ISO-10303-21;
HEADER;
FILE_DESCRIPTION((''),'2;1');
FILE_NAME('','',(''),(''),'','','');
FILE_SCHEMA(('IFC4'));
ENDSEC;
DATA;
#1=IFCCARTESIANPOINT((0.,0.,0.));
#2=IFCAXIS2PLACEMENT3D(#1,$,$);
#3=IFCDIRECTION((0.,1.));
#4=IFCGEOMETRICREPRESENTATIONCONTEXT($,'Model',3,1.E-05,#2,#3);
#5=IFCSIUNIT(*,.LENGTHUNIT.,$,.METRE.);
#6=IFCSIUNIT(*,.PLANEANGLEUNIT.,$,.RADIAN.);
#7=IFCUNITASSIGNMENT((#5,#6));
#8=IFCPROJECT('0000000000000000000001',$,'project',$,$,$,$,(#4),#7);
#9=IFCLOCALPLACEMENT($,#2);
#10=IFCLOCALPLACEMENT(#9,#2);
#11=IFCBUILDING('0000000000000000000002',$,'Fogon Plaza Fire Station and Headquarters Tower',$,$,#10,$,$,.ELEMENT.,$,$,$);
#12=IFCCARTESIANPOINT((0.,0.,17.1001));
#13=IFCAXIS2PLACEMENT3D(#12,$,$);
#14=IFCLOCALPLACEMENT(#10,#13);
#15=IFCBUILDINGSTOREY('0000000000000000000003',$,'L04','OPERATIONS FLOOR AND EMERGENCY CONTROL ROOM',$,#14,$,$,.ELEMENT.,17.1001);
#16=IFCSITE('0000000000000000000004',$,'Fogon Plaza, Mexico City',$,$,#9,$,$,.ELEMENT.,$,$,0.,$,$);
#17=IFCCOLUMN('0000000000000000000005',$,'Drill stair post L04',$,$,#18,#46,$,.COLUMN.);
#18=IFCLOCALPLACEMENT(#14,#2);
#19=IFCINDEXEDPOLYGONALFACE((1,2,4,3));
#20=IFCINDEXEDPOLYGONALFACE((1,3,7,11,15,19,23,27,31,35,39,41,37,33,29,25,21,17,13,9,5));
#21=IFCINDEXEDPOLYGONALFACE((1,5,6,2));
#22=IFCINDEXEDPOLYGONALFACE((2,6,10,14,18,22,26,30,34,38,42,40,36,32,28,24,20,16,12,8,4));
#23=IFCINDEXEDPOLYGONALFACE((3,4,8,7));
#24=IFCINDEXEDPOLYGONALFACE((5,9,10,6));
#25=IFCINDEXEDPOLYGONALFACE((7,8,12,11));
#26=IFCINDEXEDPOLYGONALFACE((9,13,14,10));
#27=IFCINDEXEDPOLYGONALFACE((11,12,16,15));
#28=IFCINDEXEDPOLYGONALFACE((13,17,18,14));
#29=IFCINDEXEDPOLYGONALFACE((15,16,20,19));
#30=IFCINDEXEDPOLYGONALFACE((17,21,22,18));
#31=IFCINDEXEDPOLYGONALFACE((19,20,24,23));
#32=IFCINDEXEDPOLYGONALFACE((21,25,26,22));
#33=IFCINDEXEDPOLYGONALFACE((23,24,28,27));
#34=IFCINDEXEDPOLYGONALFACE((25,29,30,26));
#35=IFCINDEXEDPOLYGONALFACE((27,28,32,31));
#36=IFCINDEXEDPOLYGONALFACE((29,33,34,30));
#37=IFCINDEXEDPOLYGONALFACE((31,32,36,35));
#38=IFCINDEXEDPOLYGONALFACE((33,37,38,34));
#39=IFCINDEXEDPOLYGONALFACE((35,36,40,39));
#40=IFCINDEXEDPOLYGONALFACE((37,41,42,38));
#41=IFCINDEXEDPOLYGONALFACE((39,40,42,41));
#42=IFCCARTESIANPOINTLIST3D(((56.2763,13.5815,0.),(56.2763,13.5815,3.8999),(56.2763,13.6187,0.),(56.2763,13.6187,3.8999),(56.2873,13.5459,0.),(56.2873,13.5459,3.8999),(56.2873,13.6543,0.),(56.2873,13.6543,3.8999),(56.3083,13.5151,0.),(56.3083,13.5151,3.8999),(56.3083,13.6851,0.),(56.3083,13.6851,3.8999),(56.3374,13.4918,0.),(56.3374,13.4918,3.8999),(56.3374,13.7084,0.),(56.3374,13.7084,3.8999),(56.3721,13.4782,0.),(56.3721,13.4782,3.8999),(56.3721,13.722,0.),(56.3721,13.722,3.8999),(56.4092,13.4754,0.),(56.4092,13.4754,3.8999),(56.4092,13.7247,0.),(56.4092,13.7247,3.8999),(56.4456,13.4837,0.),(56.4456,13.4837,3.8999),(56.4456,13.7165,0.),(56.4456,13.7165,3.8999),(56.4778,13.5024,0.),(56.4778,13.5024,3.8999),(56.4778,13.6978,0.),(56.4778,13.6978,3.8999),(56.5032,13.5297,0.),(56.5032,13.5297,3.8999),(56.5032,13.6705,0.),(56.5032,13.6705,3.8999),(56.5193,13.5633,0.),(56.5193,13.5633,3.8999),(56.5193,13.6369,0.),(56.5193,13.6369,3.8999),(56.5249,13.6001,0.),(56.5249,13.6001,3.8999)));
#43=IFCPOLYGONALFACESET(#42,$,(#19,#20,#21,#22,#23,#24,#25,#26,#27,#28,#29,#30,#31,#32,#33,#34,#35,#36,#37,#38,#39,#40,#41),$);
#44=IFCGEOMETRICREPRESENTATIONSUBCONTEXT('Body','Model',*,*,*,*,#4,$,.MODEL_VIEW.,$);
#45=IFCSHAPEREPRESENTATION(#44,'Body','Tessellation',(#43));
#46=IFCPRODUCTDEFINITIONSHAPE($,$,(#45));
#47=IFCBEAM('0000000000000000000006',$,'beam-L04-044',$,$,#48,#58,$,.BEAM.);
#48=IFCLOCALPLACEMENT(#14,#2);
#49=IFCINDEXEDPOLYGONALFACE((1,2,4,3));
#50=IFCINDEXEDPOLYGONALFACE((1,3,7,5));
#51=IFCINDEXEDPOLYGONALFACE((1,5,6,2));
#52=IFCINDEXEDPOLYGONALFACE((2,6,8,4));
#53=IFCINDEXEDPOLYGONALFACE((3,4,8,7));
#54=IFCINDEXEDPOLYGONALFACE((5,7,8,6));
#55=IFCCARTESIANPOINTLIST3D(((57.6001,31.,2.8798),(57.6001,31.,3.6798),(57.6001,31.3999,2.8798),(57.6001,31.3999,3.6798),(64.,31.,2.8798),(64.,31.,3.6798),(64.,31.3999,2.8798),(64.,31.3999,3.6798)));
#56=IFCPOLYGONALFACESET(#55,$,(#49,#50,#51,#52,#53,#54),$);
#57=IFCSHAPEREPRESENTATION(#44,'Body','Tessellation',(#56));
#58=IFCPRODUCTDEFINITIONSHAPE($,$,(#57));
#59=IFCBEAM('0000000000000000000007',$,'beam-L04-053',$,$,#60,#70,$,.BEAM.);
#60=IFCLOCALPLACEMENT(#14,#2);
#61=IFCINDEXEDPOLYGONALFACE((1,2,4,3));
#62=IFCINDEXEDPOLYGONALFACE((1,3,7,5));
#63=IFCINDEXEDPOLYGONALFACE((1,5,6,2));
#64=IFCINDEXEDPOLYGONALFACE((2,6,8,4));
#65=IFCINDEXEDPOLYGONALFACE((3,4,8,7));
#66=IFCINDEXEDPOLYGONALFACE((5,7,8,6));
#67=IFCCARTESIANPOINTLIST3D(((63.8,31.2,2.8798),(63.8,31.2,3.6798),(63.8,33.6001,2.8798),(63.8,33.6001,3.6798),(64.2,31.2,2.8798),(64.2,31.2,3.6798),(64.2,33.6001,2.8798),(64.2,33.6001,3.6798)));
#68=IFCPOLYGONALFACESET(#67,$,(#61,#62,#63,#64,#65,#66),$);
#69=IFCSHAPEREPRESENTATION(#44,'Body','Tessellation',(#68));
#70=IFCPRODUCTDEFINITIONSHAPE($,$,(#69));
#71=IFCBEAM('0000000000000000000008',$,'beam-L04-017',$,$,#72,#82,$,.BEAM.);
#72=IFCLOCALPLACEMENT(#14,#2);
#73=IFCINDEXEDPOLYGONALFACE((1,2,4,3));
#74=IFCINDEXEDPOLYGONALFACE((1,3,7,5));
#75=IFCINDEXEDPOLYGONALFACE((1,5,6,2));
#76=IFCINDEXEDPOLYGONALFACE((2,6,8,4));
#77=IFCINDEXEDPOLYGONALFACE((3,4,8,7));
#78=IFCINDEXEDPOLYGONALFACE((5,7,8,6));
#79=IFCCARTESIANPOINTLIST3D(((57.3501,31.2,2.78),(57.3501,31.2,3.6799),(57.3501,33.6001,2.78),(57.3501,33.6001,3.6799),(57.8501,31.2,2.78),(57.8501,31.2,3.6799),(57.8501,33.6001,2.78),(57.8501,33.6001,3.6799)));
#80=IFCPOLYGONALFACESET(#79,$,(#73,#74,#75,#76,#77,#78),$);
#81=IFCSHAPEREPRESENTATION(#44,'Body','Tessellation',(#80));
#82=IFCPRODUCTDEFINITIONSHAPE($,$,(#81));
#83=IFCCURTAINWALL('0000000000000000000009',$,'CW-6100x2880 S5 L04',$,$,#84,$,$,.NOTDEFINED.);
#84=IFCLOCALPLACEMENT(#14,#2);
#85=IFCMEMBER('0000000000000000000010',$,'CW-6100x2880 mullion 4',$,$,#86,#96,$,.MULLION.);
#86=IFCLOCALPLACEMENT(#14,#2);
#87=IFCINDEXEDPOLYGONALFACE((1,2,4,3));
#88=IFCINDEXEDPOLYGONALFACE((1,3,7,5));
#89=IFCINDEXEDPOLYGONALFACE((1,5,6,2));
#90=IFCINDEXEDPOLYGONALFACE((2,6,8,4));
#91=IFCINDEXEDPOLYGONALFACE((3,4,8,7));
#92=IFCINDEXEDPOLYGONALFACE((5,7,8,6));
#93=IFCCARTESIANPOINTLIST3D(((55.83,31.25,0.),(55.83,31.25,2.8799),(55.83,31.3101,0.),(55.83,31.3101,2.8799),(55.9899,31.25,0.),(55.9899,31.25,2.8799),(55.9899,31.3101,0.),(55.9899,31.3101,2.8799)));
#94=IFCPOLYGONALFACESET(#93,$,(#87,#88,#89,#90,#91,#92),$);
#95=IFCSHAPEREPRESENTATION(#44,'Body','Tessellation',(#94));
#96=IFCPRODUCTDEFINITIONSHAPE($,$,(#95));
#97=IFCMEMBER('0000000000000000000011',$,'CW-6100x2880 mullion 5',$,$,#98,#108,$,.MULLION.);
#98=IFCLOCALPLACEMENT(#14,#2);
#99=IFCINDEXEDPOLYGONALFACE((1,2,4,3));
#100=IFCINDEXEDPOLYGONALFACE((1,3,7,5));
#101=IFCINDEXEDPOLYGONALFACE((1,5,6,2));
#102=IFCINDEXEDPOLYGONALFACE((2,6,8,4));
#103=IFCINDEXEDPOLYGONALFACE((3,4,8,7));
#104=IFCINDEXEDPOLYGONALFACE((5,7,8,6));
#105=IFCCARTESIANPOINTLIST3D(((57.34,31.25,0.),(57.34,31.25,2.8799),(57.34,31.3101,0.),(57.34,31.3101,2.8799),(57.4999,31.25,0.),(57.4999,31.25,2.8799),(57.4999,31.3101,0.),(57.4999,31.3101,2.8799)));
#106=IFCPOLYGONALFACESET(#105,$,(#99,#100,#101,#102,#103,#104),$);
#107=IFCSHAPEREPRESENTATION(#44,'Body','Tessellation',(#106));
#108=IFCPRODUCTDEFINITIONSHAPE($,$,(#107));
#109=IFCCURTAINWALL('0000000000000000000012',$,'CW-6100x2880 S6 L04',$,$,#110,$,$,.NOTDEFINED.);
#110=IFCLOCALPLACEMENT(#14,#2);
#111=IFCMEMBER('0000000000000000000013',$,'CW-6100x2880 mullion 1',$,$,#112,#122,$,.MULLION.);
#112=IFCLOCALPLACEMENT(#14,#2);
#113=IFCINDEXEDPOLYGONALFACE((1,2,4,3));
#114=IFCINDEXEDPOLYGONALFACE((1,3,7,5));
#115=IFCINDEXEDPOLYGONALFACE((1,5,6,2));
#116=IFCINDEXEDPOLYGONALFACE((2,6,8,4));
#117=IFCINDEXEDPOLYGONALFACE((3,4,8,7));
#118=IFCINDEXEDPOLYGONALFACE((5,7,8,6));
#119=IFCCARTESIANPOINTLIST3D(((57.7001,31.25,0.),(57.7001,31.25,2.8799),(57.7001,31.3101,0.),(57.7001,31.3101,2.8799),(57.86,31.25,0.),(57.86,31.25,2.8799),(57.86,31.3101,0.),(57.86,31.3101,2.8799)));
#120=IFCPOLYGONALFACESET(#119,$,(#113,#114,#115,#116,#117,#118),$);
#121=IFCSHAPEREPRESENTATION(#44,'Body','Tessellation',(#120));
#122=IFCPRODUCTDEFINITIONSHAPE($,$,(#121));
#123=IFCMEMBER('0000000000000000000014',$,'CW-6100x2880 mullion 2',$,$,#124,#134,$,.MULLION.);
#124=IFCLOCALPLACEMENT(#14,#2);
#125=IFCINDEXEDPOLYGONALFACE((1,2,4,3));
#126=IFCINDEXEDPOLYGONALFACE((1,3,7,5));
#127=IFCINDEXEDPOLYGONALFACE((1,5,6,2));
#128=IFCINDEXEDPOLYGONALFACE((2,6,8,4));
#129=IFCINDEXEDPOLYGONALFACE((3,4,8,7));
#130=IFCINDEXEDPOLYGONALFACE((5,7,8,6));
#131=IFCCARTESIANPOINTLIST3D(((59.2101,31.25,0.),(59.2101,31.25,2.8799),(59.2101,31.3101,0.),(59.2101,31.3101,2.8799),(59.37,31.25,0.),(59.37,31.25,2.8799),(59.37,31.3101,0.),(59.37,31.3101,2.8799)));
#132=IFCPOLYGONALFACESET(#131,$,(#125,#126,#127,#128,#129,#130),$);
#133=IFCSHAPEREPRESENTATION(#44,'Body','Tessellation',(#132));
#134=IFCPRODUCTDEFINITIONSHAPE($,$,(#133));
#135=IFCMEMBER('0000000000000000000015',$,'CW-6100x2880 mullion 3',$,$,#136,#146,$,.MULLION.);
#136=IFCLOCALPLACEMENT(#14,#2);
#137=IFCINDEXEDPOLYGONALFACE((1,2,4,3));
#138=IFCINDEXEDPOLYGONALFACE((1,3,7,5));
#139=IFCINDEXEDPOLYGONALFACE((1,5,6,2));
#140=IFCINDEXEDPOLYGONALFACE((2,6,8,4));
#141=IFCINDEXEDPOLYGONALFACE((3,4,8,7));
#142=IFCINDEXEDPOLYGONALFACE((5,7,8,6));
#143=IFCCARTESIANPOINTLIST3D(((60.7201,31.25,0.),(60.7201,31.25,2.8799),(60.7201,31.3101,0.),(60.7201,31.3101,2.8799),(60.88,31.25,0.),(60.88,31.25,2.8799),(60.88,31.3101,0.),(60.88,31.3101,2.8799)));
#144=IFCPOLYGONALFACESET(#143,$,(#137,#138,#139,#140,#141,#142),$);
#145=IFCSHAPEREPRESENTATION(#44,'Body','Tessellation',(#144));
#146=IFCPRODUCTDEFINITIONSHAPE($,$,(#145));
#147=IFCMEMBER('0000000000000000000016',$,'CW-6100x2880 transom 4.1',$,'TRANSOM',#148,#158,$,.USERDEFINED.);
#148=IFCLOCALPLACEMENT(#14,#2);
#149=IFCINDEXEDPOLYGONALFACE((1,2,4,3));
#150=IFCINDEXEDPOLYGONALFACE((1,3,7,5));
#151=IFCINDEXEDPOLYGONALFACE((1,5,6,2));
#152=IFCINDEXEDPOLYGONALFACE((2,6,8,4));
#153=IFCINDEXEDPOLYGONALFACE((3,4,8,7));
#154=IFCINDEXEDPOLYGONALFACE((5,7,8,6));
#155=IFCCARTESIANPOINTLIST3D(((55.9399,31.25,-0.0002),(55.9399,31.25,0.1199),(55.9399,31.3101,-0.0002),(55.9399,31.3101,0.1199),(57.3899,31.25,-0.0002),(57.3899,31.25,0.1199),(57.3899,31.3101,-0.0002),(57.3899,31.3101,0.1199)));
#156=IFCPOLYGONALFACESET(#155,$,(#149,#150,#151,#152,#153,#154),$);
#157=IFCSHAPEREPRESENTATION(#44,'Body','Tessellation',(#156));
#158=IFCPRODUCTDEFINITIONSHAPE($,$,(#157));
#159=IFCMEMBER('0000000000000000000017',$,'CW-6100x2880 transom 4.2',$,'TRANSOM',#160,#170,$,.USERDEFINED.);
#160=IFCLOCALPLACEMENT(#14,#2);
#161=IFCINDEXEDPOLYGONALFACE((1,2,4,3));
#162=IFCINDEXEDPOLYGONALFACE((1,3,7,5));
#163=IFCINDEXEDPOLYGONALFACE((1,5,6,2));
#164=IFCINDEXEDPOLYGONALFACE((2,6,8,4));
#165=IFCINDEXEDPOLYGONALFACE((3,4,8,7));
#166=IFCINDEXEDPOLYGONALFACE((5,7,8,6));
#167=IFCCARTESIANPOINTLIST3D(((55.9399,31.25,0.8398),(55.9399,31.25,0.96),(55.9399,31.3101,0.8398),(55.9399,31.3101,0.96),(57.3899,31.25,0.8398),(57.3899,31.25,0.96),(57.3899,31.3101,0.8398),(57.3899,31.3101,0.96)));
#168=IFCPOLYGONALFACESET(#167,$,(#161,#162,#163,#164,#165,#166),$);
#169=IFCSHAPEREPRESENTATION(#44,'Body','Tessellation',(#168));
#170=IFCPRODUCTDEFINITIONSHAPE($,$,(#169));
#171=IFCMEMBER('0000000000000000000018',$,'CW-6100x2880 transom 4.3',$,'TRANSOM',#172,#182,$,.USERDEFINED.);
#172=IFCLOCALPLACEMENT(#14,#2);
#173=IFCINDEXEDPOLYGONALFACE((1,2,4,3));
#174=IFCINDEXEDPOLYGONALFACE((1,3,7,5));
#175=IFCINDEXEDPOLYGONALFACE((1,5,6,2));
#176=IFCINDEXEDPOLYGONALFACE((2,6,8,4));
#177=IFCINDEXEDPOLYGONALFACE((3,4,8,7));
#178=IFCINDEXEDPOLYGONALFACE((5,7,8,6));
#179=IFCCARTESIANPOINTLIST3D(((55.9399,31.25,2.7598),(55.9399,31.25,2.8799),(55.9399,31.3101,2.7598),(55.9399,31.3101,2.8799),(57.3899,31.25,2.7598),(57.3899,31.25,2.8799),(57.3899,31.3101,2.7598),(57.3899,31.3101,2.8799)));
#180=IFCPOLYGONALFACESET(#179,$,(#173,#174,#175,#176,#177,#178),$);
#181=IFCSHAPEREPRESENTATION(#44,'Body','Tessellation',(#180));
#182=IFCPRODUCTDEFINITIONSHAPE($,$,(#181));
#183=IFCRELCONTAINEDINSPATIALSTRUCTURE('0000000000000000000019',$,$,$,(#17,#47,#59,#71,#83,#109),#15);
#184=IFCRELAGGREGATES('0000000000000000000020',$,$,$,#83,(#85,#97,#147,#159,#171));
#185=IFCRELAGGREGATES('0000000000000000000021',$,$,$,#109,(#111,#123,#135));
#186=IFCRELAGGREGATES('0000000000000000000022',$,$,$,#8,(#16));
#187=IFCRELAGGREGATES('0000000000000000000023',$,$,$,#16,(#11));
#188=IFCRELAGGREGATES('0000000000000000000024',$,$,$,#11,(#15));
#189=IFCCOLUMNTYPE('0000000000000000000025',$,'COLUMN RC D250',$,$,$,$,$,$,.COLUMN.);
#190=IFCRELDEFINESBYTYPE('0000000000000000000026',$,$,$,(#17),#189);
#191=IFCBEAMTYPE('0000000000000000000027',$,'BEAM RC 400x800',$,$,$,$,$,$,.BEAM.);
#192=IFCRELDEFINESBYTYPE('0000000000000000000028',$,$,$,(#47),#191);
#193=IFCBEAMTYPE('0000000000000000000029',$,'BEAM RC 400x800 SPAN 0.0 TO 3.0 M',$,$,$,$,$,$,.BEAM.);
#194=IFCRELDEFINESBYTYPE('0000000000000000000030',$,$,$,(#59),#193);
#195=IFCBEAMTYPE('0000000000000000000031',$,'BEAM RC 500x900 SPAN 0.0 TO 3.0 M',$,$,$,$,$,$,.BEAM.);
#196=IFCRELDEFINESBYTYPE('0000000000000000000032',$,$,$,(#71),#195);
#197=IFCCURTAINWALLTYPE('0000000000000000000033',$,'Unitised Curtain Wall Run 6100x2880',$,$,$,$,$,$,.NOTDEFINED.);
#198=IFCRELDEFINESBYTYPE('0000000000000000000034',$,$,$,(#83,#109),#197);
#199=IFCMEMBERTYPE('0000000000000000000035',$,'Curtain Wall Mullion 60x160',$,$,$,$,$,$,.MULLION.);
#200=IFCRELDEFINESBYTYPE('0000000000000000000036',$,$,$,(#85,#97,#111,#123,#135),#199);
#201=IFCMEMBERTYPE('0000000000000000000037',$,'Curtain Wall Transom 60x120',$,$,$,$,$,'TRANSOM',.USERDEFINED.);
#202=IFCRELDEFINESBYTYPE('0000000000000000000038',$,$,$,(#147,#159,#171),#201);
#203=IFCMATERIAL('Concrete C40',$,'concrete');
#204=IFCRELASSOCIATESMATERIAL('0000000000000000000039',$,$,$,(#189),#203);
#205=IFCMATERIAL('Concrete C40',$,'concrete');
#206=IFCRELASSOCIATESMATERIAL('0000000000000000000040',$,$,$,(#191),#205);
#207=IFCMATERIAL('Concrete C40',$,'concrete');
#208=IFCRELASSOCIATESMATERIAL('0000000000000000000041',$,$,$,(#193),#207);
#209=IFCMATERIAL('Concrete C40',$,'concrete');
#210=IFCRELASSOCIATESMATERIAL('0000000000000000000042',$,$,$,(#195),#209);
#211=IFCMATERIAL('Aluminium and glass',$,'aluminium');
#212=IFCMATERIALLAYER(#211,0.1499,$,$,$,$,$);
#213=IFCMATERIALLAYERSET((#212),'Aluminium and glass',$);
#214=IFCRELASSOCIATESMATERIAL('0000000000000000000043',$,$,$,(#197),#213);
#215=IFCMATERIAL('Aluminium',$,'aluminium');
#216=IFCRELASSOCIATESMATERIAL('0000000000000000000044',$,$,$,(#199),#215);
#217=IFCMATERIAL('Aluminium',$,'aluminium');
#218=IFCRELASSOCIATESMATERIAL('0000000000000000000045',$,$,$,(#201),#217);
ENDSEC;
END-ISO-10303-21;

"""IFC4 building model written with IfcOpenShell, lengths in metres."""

from ifc_helpers import new_model, si_unit, direction, frame, origin, origin_2d, place, context, subcontext, project, spatial, rectangle, circle, extrude, material, layer, layer_set, material_profile, profile_set, type_object, element, aggregate, save


model = new_model("IFC4")

# Units and contexts
model_context = context("Model", 3, precision=1e-05, world=origin(), true_north=direction((0.0, 1.0)))
body_context = subcontext(model_context, "Body", "Model", "MODEL_VIEW")
ifc_project = project(units=[si_unit("LENGTHUNIT", "METRE"), si_unit("PLANEANGLEUNIT", "RADIAN")], contexts=[model_context])

# Site, building, storey
site_placement = place(None, origin())
site = spatial("IfcSite", under=ifc_project, at=site_placement, Name="Fogon Plaza, Mexico City", CompositionType="ELEMENT", RefElevation=0.0)
building_placement = place(site_placement, origin())
building = spatial("IfcBuilding", under=site, at=building_placement, Name="Fogon Plaza Fire Station and Headquarters Tower", CompositionType="ELEMENT")
storey_placement = place(building_placement, frame((0.0, 0.0, 17.1001)))
storey = spatial("IfcBuildingStorey", under=building, at=storey_placement, Name="L04", Description="OPERATIONS FLOOR AND EMERGENCY CONTROL ROOM", CompositionType="ELEMENT", Elevation=17.1001)

# Column
ifc_material_1 = material(Name="Concrete C40", Category="concrete")
ifc_material_profile_1 = material_profile(ifc_material_1, circle(Radius=0.125, at=origin_2d()), Name="RC D250")
ifc_profile_set_1 = profile_set([ifc_material_profile_1], Name="Concrete C40")
column_type = type_object("IfcColumnType", Name="COLUMN RC D250", PredefinedType="COLUMN", material=ifc_profile_set_1)
column_placement = place(storey_placement, frame((56.3999, 13.6001, 0.0), z_axis=(0.0, 0.0, 1.0), x_axis=(1.0, 0.0, 0.0)))
element("IfcColumn", 1, at=column_placement, inside=storey, type_object=column_type, Name="Drill stair post L04", PredefinedType="COLUMN", context=body_context, shape_type="SweptSolid", body=[
    extrude(circle(Radius=0.125, at=origin_2d()), origin(), (0.0, 0.0, 1.0), 3.8999),
])

# Beams
ifc_material_2 = material(Name="Concrete C40", Category="concrete")
ifc_material_profile_2 = material_profile(ifc_material_2, rectangle(XDim=0.3999, YDim=0.8, at=origin_2d()), Name="RC 400x800")
ifc_profile_set_2 = profile_set([ifc_material_profile_2], Name="Concrete C40")
beam_type_1 = type_object("IfcBeamType", Name="BEAM RC 400x800", PredefinedType="BEAM", material=ifc_profile_set_2)
beam_1_placement = place(storey_placement, frame((57.6001, 31.2, 3.2798), z_axis=(1.0, 0.0, 0.0), x_axis=(0.0, 1.0, 0.0)))
element("IfcBeam", 2, at=beam_1_placement, inside=storey, type_object=beam_type_1, Name="beam-L04-044", PredefinedType="BEAM", context=body_context, shape_type="SweptSolid", body=[
    extrude(rectangle(XDim=0.3999, YDim=0.8, at=origin_2d()), origin(), (0.0, 0.0, 1.0), 6.3999),
])
ifc_material_3 = material(Name="Concrete C40", Category="concrete")
ifc_material_profile_3 = material_profile(ifc_material_3, rectangle(XDim=0.3999, YDim=0.8, at=origin_2d()), Name="RC 400x800")
ifc_profile_set_3 = profile_set([ifc_material_profile_3], Name="Concrete C40")
beam_type_2 = type_object("IfcBeamType", Name="BEAM RC 400x800 SPAN 0.0 TO 3.0 M", PredefinedType="BEAM", material=ifc_profile_set_3)
beam_2_placement = place(storey_placement, frame((64.0, 31.2, 3.2798), z_axis=(0.0, 1.0, 0.0), x_axis=(-1.0, 0.0, 0.0)))
element("IfcBeam", 3, at=beam_2_placement, inside=storey, type_object=beam_type_2, Name="beam-L04-053", PredefinedType="BEAM", context=body_context, shape_type="SweptSolid", body=[
    extrude(rectangle(XDim=0.3999, YDim=0.8, at=origin_2d()), origin(), (0.0, 0.0, 1.0), 2.4001),
])
ifc_material_4 = material(Name="Concrete C40", Category="concrete")
ifc_material_profile_4 = material_profile(ifc_material_4, rectangle(XDim=0.5, YDim=0.8999, at=origin_2d()), Name="RC 500x900")
ifc_profile_set_4 = profile_set([ifc_material_profile_4], Name="Concrete C40")
beam_type_3 = type_object("IfcBeamType", Name="BEAM RC 500x900 SPAN 0.0 TO 3.0 M", PredefinedType="BEAM", material=ifc_profile_set_4)
beam_3_placement = place(storey_placement, frame((57.6001, 31.2, 3.23), z_axis=(0.0, 1.0, 0.0), x_axis=(-1.0, 0.0, 0.0)))
element("IfcBeam", 4, at=beam_3_placement, inside=storey, type_object=beam_type_3, Name="beam-L04-017", PredefinedType="BEAM", context=body_context, shape_type="SweptSolid", body=[
    extrude(rectangle(XDim=0.5, YDim=0.8999, at=origin_2d()), origin(), (0.0, 0.0, 1.0), 2.4001),
])

# Curtain walls, members
ifc_material_5 = material(Name="Aluminium and glass", Category="aluminium")
ifc_layer_1 = layer(ifc_material_5, 0.1499)
ifc_layer_set_1 = layer_set([ifc_layer_1], Name="Aluminium and glass")
curtain_wall_type = type_object("IfcCurtainWallType", Name="Unitised Curtain Wall Run 6100x2880", PredefinedType="NOTDEFINED", material=ifc_layer_set_1)
curtain_wall_1_placement = place(storey_placement, origin())
curtain_wall_1 = element("IfcCurtainWall", 5, at=curtain_wall_1_placement, inside=storey, type_object=curtain_wall_type, Name="CW-6100x2880 S5 L04", PredefinedType="NOTDEFINED")
ifc_material_6 = material(Name="Aluminium", Category="aluminium")
ifc_material_profile_5 = material_profile(ifc_material_6, rectangle(XDim=0.0601, YDim=0.1599, at=origin_2d()), Name="Curtain Wall Mullion 60x160")
ifc_profile_set_5 = profile_set([ifc_material_profile_5], Name="Aluminium")
member_type_1 = type_object("IfcMemberType", Name="Curtain Wall Mullion 60x160", PredefinedType="MULLION", material=ifc_profile_set_5)
member_1_placement = place(storey_placement, frame((55.9099, 31.28, 0.0), z_axis=(0.0, 0.0, 1.0), x_axis=(0.0, 1.0, 0.0)))
member_1 = element("IfcMember", 6, at=member_1_placement, type_object=member_type_1, Name="CW-6100x2880 mullion 4", PredefinedType="MULLION", context=body_context, shape_type="SweptSolid", body=[
    extrude(rectangle(XDim=0.0601, YDim=0.1599, at=origin_2d()), origin(), (0.0, 0.0, 1.0), 2.8799),
])
member_2_placement = place(storey_placement, frame((57.4199, 31.28, 0.0), z_axis=(0.0, 0.0, 1.0), x_axis=(0.0, 1.0, 0.0)))
member_2 = element("IfcMember", 7, at=member_2_placement, type_object=member_type_1, Name="CW-6100x2880 mullion 5", PredefinedType="MULLION", context=body_context, shape_type="SweptSolid", body=[
    extrude(rectangle(XDim=0.0601, YDim=0.1599, at=origin_2d()), origin(), (0.0, 0.0, 1.0), 2.8799),
])
curtain_wall_2_placement = place(storey_placement, origin())
curtain_wall_2 = element("IfcCurtainWall", 8, at=curtain_wall_2_placement, inside=storey, type_object=curtain_wall_type, Name="CW-6100x2880 S6 L04", PredefinedType="NOTDEFINED")
member_3_placement = place(storey_placement, frame((57.78, 31.28, 0.0), z_axis=(0.0, 0.0, 1.0), x_axis=(0.0, 1.0, 0.0)))
member_3 = element("IfcMember", 9, at=member_3_placement, type_object=member_type_1, Name="CW-6100x2880 mullion 1", PredefinedType="MULLION", context=body_context, shape_type="SweptSolid", body=[
    extrude(rectangle(XDim=0.0601, YDim=0.1599, at=origin_2d()), origin(), (0.0, 0.0, 1.0), 2.8799),
])
member_4_placement = place(storey_placement, frame((59.29, 31.28, 0.0), z_axis=(0.0, 0.0, 1.0), x_axis=(0.0, 1.0, 0.0)))
member_4 = element("IfcMember", 10, at=member_4_placement, type_object=member_type_1, Name="CW-6100x2880 mullion 2", PredefinedType="MULLION", context=body_context, shape_type="SweptSolid", body=[
    extrude(rectangle(XDim=0.0601, YDim=0.1599, at=origin_2d()), origin(), (0.0, 0.0, 1.0), 2.8799),
])
member_5_placement = place(storey_placement, frame((60.8, 31.28, 0.0), z_axis=(0.0, 0.0, 1.0), x_axis=(0.0, 1.0, 0.0)))
member_5 = element("IfcMember", 11, at=member_5_placement, type_object=member_type_1, Name="CW-6100x2880 mullion 3", PredefinedType="MULLION", context=body_context, shape_type="SweptSolid", body=[
    extrude(rectangle(XDim=0.0601, YDim=0.1599, at=origin_2d()), origin(), (0.0, 0.0, 1.0), 2.8799),
])

# Members
ifc_material_7 = material(Name="Aluminium", Category="aluminium")
ifc_material_profile_6 = material_profile(ifc_material_7, rectangle(XDim=0.0601, YDim=0.1201, at=origin_2d()), Name="Curtain Wall Transom 60x120")
ifc_profile_set_6 = profile_set([ifc_material_profile_6], Name="Aluminium")
member_type_2 = type_object("IfcMemberType", Name="Curtain Wall Transom 60x120", ElementType="TRANSOM", PredefinedType="USERDEFINED", material=ifc_profile_set_6)
member_6_placement = place(storey_placement, frame((55.9399, 31.28, 0.0598), z_axis=(1.0, 0.0, 0.0), x_axis=(0.0, 1.0, 0.0)))
member_6 = element("IfcMember", 12, at=member_6_placement, type_object=member_type_2, Name="CW-6100x2880 transom 4.1", ObjectType="TRANSOM", PredefinedType="USERDEFINED", context=body_context, shape_type="SweptSolid", body=[
    extrude(rectangle(XDim=0.0601, YDim=0.1201, at=origin_2d()), origin(), (0.0, 0.0, 1.0), 1.45),
])
member_7_placement = place(storey_placement, frame((55.9399, 31.28, 0.8999), z_axis=(1.0, 0.0, 0.0), x_axis=(0.0, 1.0, 0.0)))
member_7 = element("IfcMember", 13, at=member_7_placement, type_object=member_type_2, Name="CW-6100x2880 transom 4.2", ObjectType="TRANSOM", PredefinedType="USERDEFINED", context=body_context, shape_type="SweptSolid", body=[
    extrude(rectangle(XDim=0.0601, YDim=0.1201, at=origin_2d()), origin(), (0.0, 0.0, 1.0), 1.45),
])
member_8_placement = place(storey_placement, frame((55.9399, 31.28, 2.8198), z_axis=(1.0, 0.0, 0.0), x_axis=(0.0, 1.0, 0.0)))
member_8 = element("IfcMember", 14, at=member_8_placement, type_object=member_type_2, Name="CW-6100x2880 transom 4.3", ObjectType="TRANSOM", PredefinedType="USERDEFINED", context=body_context, shape_type="SweptSolid", body=[
    extrude(rectangle(XDim=0.0601, YDim=0.1201, at=origin_2d()), origin(), (0.0, 0.0, 1.0), 1.45),
])

aggregate(curtain_wall_1, [member_1, member_2, member_6, member_7, member_8])
aggregate(curtain_wall_2, [member_3, member_4, member_5])

save(model, "model.ifc")
